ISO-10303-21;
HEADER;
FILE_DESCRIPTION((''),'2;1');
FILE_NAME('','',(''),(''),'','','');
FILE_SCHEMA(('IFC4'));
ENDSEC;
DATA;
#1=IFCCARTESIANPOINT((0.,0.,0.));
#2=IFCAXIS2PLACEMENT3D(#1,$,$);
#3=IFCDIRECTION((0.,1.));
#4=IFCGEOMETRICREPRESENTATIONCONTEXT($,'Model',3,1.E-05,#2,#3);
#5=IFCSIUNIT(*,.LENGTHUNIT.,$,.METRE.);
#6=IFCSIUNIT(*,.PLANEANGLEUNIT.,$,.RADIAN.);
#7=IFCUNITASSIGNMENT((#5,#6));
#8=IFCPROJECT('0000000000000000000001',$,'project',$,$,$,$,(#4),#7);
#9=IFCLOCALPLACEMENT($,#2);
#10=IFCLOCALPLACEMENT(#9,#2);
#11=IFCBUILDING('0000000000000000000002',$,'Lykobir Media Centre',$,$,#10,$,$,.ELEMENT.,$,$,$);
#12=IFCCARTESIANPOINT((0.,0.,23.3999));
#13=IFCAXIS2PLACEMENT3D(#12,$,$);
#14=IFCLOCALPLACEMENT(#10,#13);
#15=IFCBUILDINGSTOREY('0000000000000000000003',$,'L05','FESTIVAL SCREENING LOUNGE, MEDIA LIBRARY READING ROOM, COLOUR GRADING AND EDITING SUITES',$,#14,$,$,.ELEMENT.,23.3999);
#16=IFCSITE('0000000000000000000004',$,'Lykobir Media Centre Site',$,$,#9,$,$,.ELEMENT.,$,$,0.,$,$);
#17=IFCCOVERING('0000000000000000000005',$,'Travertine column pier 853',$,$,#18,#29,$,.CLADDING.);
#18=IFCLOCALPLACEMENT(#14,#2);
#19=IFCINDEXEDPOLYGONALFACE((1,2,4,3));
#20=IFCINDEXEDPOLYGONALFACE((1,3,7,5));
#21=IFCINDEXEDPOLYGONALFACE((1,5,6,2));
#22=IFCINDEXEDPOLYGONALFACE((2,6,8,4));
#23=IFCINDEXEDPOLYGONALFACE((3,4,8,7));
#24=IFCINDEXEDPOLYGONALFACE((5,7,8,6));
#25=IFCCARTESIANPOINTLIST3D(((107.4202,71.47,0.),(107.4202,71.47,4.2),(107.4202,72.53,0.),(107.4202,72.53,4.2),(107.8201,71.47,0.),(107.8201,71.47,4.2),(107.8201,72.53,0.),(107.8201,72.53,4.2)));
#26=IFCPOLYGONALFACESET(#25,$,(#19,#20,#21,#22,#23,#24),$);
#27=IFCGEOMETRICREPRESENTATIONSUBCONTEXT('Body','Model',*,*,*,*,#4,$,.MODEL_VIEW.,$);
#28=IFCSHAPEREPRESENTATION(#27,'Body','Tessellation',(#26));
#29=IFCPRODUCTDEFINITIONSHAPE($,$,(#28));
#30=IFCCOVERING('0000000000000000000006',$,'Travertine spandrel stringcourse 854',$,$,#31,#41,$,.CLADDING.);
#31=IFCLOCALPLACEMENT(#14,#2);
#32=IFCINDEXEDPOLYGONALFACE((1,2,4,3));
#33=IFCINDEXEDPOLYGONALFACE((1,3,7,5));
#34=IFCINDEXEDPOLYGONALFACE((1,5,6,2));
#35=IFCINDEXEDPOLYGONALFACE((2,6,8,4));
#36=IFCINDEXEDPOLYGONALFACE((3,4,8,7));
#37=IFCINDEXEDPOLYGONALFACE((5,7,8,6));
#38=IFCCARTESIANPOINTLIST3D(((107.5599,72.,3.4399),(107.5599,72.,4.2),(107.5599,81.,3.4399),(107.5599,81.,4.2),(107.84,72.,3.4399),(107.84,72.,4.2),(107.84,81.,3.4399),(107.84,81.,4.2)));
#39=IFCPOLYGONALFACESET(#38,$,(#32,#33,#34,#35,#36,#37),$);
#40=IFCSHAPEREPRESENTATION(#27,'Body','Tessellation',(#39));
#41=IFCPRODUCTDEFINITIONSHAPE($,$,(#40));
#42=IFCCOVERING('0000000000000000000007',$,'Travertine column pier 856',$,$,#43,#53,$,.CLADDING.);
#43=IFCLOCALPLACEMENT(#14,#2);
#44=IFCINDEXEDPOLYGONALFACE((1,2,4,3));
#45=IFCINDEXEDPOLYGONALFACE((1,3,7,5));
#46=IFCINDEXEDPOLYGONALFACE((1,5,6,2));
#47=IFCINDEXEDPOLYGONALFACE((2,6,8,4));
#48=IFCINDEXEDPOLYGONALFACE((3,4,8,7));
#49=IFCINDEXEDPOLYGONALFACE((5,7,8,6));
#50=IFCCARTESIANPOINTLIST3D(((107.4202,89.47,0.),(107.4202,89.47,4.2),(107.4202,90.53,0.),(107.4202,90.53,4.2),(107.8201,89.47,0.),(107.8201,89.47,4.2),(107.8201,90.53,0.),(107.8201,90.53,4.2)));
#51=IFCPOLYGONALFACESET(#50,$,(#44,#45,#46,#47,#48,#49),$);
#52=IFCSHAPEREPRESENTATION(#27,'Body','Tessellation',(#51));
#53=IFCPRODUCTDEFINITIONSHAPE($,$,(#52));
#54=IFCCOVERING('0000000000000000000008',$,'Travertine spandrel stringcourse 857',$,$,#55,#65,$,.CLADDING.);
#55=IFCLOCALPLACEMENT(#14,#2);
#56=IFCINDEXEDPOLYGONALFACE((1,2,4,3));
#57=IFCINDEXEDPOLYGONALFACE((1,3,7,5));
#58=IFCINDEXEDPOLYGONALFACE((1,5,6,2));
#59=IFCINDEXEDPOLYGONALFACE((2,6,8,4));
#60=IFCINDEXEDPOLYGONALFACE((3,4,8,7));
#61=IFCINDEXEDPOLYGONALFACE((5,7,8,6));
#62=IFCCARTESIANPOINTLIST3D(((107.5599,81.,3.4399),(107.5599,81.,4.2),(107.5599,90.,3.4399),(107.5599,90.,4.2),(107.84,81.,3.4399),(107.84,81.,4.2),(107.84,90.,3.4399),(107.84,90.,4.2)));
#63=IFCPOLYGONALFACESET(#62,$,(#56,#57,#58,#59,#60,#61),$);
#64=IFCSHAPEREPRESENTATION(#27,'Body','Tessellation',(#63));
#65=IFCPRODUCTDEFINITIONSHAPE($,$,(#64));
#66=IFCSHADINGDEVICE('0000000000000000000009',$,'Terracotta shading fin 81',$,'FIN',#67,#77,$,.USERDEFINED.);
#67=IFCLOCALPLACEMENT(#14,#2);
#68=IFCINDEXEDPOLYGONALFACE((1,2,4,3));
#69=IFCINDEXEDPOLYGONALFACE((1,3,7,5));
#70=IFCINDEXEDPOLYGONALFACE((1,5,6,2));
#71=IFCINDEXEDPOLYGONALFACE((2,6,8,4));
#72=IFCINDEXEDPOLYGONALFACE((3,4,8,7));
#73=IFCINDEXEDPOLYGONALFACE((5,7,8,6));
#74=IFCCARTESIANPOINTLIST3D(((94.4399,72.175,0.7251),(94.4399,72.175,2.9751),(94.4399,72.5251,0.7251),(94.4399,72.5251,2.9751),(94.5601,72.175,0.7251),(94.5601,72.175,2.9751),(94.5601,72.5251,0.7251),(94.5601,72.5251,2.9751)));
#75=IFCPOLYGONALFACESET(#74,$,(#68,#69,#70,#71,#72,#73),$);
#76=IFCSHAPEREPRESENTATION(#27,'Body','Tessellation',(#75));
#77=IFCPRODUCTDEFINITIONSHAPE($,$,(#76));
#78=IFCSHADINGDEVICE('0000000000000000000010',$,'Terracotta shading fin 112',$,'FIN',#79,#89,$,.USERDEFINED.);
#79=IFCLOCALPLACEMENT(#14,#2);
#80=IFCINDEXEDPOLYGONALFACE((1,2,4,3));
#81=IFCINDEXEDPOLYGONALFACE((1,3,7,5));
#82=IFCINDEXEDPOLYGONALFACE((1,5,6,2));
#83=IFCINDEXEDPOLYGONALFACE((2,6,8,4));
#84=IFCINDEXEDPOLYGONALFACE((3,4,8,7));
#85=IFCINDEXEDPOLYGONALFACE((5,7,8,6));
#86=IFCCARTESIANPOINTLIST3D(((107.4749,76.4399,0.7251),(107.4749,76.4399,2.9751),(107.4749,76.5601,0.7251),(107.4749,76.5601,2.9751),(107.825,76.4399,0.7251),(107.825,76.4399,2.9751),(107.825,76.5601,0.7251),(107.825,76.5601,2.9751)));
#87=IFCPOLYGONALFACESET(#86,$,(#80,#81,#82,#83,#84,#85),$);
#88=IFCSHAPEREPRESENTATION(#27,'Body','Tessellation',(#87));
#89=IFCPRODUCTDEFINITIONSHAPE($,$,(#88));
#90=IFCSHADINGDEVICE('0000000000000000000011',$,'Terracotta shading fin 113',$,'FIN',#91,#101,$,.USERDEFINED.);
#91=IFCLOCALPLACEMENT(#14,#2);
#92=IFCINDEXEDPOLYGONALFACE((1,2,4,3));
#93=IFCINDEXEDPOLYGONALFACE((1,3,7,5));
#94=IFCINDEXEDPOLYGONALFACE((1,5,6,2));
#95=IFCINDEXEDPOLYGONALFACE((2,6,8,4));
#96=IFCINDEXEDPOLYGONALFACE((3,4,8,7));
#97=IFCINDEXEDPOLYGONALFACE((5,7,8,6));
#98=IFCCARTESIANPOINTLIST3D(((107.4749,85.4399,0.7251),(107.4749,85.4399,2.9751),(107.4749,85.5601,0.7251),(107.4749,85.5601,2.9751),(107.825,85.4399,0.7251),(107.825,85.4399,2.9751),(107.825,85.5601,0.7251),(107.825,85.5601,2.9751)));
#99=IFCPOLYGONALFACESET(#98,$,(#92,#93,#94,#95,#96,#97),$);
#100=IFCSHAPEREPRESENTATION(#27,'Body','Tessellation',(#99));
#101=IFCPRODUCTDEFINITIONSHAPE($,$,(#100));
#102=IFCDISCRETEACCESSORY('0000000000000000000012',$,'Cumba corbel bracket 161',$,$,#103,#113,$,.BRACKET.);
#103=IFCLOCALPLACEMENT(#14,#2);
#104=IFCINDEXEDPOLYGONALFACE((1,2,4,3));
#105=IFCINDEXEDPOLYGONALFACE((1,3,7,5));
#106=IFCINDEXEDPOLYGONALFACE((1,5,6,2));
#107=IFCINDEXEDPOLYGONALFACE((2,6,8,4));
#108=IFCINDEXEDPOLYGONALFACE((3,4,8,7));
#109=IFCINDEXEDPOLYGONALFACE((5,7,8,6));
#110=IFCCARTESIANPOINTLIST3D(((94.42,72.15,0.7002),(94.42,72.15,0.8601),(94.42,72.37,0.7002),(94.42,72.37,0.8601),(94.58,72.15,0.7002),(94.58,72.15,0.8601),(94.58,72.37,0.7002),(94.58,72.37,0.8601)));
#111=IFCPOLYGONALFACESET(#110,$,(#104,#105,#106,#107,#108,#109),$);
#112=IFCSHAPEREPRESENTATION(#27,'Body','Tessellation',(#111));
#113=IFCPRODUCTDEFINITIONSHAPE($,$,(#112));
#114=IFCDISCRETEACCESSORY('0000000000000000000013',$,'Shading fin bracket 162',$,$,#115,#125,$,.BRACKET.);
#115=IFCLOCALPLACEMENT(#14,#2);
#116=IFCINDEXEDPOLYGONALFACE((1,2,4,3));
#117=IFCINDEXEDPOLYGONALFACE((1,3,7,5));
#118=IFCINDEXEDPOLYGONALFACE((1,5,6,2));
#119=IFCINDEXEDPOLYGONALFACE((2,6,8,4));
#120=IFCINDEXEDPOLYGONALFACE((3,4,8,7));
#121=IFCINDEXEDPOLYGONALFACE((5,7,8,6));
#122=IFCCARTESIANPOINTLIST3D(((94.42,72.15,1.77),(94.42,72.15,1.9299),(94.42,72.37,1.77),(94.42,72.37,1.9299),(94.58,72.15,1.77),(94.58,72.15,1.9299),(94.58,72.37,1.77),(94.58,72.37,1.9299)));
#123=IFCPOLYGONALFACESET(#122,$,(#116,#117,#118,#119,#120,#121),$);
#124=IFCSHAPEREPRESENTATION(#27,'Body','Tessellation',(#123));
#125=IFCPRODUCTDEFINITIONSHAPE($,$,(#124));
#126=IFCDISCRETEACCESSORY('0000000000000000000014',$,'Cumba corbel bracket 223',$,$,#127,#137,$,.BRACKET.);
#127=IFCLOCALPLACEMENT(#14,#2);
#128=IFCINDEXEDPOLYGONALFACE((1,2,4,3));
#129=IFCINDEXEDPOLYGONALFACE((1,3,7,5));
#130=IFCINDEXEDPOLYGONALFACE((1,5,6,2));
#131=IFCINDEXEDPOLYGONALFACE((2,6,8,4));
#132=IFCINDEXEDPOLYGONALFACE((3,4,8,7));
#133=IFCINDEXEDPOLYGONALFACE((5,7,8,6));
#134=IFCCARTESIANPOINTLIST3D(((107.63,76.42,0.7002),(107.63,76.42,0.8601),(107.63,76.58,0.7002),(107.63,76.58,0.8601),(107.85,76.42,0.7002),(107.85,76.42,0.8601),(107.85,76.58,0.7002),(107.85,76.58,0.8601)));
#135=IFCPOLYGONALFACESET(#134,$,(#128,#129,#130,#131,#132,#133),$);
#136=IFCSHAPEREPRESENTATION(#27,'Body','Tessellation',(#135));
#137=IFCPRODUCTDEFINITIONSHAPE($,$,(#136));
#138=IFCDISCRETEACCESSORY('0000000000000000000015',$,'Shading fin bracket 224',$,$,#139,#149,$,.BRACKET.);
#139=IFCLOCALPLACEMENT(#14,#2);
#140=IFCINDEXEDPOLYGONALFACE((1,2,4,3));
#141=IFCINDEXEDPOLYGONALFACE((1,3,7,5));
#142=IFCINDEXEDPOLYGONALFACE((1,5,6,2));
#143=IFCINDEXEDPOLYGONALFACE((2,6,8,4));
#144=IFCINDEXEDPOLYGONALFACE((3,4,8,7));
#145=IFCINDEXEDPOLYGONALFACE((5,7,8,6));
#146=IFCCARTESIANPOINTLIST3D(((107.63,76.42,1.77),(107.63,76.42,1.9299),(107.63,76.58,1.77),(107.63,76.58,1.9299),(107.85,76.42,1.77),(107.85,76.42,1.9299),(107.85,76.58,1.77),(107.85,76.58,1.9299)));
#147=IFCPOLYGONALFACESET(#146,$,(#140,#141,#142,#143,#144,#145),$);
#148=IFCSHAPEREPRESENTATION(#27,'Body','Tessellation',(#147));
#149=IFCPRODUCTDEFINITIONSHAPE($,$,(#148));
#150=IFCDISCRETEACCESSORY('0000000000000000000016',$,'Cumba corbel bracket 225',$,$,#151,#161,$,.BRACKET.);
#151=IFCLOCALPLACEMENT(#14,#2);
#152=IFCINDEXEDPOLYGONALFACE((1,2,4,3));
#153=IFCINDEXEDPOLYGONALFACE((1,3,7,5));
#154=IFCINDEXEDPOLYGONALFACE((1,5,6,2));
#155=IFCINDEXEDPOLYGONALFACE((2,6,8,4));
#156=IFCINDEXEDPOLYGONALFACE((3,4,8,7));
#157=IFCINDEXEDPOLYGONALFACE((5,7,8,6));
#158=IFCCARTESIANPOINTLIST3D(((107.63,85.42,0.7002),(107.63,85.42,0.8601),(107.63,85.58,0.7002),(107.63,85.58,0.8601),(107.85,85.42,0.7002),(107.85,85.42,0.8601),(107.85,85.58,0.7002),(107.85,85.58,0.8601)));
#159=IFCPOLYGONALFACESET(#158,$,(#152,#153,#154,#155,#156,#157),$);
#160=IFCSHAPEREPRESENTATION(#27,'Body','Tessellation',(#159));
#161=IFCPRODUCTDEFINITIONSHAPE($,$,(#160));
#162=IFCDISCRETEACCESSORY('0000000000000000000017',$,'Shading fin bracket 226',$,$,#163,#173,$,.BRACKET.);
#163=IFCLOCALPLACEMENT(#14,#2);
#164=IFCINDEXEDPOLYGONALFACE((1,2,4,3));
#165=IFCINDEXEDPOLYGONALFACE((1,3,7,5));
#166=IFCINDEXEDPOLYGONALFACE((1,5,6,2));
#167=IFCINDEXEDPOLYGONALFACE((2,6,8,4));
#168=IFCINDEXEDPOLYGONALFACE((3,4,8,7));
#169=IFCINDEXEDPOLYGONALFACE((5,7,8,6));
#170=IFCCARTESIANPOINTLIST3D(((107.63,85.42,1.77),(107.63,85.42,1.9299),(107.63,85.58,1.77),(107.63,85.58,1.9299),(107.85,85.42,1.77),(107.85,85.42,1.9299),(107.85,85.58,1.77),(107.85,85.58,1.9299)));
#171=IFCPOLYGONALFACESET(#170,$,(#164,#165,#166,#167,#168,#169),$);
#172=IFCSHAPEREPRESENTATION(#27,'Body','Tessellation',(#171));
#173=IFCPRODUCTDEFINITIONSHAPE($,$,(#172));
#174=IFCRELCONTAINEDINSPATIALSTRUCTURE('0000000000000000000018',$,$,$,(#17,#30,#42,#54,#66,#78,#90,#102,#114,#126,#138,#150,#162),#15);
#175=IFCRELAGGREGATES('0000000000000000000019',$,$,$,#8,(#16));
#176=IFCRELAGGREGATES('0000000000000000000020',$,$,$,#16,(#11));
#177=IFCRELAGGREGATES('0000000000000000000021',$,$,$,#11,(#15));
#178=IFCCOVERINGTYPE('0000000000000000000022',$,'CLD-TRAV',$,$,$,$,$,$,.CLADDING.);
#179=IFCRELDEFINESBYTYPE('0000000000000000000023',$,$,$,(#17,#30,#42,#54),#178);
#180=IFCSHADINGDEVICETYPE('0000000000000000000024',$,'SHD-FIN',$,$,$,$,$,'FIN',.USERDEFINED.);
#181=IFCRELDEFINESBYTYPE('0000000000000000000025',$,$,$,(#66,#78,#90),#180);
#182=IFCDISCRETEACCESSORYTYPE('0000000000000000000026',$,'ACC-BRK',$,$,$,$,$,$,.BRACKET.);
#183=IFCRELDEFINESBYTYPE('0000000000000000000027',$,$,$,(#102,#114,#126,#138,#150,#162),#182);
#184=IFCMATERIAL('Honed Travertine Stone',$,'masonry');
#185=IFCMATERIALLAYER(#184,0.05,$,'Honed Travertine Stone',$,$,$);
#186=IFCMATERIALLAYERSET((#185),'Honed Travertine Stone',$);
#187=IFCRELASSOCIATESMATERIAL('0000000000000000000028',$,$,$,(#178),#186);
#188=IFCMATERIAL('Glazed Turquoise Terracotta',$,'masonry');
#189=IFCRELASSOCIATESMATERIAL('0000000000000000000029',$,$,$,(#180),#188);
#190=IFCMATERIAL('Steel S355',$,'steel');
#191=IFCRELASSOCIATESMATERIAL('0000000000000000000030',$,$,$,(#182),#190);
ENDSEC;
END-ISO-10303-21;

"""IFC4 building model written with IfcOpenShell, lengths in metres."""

from ifc_helpers import new_model, si_unit, direction, frame, origin, origin_2d, place, context, subcontext, project, spatial, rectangle, extrude, material, layer, layer_set, type_object, element, save


model = new_model("IFC4")

# Units and contexts
model_context = context("Model", 3, precision=1e-05, world=origin(), true_north=direction((0.0, 1.0)))
body_context = subcontext(model_context, "Body", "Model", "MODEL_VIEW")
ifc_project = project(units=[si_unit("LENGTHUNIT", "METRE"), si_unit("PLANEANGLEUNIT", "RADIAN")], contexts=[model_context])

# Site, building, storey
site_placement = place(None, origin())
site = spatial("IfcSite", under=ifc_project, at=site_placement, Name="Lykobir Media Centre Site", CompositionType="ELEMENT", RefElevation=0.0)
building_placement = place(site_placement, origin())
building = spatial("IfcBuilding", under=site, at=building_placement, Name="Lykobir Media Centre", CompositionType="ELEMENT")
storey_placement = place(building_placement, frame((0.0, 0.0, 23.3999)))
storey = spatial("IfcBuildingStorey", under=building, at=storey_placement, Name="L05", Description="FESTIVAL SCREENING LOUNGE, MEDIA LIBRARY READING ROOM, COLOUR GRADING AND EDITING SUITES", CompositionType="ELEMENT", Elevation=23.3999)

# Shared definitions
ifc_material_1 = material(Name="Steel S355", Category="steel")

# Coverings
ifc_material_2 = material(Name="Glazed Turquoise Terracotta", Category="masonry")
ifc_material_3 = material(Name="Honed Travertine Stone", Category="masonry")
ifc_layer_1 = layer(ifc_material_3, 0.05, Name="Honed Travertine Stone")
ifc_layer_set_1 = layer_set([ifc_layer_1], Name="Honed Travertine Stone")
covering_type_1 = type_object("IfcCoveringType", Name="CLD-TRAV", PredefinedType="CLADDING", material=ifc_layer_set_1)
for number, where, z_axis, x_axis, name in (
    (1, (107.6201, 72.0, 0.0), (0.0, 0.0, 1.0), (0.0, -1.0, 0.0), "Travertine column pier 853"),
):
    element("IfcCovering", number, at=place(storey_placement, frame(where, z_axis=z_axis, x_axis=x_axis)), inside=storey, type_object=covering_type_1, Name=name, PredefinedType="CLADDING", context=body_context, shape_type="SweptSolid", body=[
        extrude(rectangle(XDim=1.0601, YDim=0.3999, at=origin_2d()), origin(), (0.0, 0.0, 1.0), 4.2),
    ])
covering_1_placement = place(storey_placement, frame((107.7, 76.5, 3.4399), z_axis=(0.0, 0.0, 1.0), x_axis=(0.0, -1.0, 0.0)))
element("IfcCovering", 2, at=covering_1_placement, inside=storey, type_object=covering_type_1, Name="Travertine spandrel stringcourse 854", PredefinedType="CLADDING", context=body_context, shape_type="SweptSolid", body=[
    extrude(rectangle(XDim=9.0, YDim=0.28, at=origin_2d()), origin(), (0.0, 0.0, 1.0), 0.76),
])
covering_2_placement = place(storey_placement, frame((107.6201, 90.0, 0.0), z_axis=(0.0, 0.0, 1.0), x_axis=(0.0, -1.0, 0.0)))
element("IfcCovering", 3, at=covering_2_placement, inside=storey, type_object=covering_type_1, Name="Travertine column pier 856", PredefinedType="CLADDING", context=body_context, shape_type="SweptSolid", body=[
    extrude(rectangle(XDim=1.0601, YDim=0.3999, at=origin_2d()), origin(), (0.0, 0.0, 1.0), 4.2),
])
covering_3_placement = place(storey_placement, frame((107.7, 85.5, 3.4399), z_axis=(0.0, 0.0, 1.0), x_axis=(0.0, -1.0, 0.0)))
element("IfcCovering", 4, at=covering_3_placement, inside=storey, type_object=covering_type_1, Name="Travertine spandrel stringcourse 857", PredefinedType="CLADDING", context=body_context, shape_type="SweptSolid", body=[
    extrude(rectangle(XDim=9.0, YDim=0.28, at=origin_2d()), origin(), (0.0, 0.0, 1.0), 0.76),
])

# Shading devices
shading_device_type = type_object("IfcShadingDeviceType", Name="SHD-FIN", ElementType="FIN", PredefinedType="USERDEFINED", material=ifc_material_2)
for number, where, z_axis, x_axis, name in (
    (5, (94.5, 72.3501, 0.7251), (0.0, 0.0, 1.0), (-1.0, 0.0, 0.0), "Terracotta shading fin 81"),
    (6, (107.6499, 76.5, 0.7251), (0.0, 0.0, 1.0), (0.0, -1.0, 0.0), "Terracotta shading fin 112"),
    (7, (107.6499, 85.5, 0.7251), (0.0, 0.0, 1.0), (0.0, -1.0, 0.0), "Terracotta shading fin 113"),
):
    element("IfcShadingDevice", number, at=place(storey_placement, frame(where, z_axis=z_axis, x_axis=x_axis)), inside=storey, type_object=shading_device_type, Name=name, ObjectType="FIN", PredefinedType="USERDEFINED", context=body_context, shape_type="SweptSolid", body=[
        extrude(rectangle(XDim=0.1201, YDim=0.3501, at=origin_2d()), origin(), (0.0, 0.0, 1.0), 2.25),
    ])

# Discrete accessories
discrete_accessory_type = type_object("IfcDiscreteAccessoryType", Name="ACC-BRK", PredefinedType="BRACKET", material=ifc_material_1)
for number, where, z_axis, x_axis, name in (
    (8, (94.5, 72.26, 0.7002), (0.0, 0.0, 1.0), (-1.0, 0.0, 0.0), "Cumba corbel bracket 161"),
    (9, (94.5, 72.26, 1.77), (0.0, 0.0, 1.0), (-1.0, 0.0, 0.0), "Shading fin bracket 162"),
    (10, (107.74, 76.5, 0.7002), (0.0, 0.0, 1.0), (0.0, -1.0, 0.0), "Cumba corbel bracket 223"),
    (11, (107.74, 76.5, 1.77), (0.0, 0.0, 1.0), (0.0, -1.0, 0.0), "Shading fin bracket 224"),
    (12, (107.74, 85.5, 0.7002), (0.0, 0.0, 1.0), (0.0, -1.0, 0.0), "Cumba corbel bracket 225"),
    (13, (107.74, 85.5, 1.77), (0.0, 0.0, 1.0), (0.0, -1.0, 0.0), "Shading fin bracket 226"),
):
    element("IfcDiscreteAccessory", number, at=place(storey_placement, frame(where, z_axis=z_axis, x_axis=x_axis)), inside=storey, type_object=discrete_accessory_type, Name=name, PredefinedType="BRACKET", context=body_context, shape_type="SweptSolid", body=[
        extrude(rectangle(XDim=0.1599, YDim=0.22, at=origin_2d()), origin(), (0.0, 0.0, 1.0), 0.1599),
    ])

save(model, "model.ifc")
